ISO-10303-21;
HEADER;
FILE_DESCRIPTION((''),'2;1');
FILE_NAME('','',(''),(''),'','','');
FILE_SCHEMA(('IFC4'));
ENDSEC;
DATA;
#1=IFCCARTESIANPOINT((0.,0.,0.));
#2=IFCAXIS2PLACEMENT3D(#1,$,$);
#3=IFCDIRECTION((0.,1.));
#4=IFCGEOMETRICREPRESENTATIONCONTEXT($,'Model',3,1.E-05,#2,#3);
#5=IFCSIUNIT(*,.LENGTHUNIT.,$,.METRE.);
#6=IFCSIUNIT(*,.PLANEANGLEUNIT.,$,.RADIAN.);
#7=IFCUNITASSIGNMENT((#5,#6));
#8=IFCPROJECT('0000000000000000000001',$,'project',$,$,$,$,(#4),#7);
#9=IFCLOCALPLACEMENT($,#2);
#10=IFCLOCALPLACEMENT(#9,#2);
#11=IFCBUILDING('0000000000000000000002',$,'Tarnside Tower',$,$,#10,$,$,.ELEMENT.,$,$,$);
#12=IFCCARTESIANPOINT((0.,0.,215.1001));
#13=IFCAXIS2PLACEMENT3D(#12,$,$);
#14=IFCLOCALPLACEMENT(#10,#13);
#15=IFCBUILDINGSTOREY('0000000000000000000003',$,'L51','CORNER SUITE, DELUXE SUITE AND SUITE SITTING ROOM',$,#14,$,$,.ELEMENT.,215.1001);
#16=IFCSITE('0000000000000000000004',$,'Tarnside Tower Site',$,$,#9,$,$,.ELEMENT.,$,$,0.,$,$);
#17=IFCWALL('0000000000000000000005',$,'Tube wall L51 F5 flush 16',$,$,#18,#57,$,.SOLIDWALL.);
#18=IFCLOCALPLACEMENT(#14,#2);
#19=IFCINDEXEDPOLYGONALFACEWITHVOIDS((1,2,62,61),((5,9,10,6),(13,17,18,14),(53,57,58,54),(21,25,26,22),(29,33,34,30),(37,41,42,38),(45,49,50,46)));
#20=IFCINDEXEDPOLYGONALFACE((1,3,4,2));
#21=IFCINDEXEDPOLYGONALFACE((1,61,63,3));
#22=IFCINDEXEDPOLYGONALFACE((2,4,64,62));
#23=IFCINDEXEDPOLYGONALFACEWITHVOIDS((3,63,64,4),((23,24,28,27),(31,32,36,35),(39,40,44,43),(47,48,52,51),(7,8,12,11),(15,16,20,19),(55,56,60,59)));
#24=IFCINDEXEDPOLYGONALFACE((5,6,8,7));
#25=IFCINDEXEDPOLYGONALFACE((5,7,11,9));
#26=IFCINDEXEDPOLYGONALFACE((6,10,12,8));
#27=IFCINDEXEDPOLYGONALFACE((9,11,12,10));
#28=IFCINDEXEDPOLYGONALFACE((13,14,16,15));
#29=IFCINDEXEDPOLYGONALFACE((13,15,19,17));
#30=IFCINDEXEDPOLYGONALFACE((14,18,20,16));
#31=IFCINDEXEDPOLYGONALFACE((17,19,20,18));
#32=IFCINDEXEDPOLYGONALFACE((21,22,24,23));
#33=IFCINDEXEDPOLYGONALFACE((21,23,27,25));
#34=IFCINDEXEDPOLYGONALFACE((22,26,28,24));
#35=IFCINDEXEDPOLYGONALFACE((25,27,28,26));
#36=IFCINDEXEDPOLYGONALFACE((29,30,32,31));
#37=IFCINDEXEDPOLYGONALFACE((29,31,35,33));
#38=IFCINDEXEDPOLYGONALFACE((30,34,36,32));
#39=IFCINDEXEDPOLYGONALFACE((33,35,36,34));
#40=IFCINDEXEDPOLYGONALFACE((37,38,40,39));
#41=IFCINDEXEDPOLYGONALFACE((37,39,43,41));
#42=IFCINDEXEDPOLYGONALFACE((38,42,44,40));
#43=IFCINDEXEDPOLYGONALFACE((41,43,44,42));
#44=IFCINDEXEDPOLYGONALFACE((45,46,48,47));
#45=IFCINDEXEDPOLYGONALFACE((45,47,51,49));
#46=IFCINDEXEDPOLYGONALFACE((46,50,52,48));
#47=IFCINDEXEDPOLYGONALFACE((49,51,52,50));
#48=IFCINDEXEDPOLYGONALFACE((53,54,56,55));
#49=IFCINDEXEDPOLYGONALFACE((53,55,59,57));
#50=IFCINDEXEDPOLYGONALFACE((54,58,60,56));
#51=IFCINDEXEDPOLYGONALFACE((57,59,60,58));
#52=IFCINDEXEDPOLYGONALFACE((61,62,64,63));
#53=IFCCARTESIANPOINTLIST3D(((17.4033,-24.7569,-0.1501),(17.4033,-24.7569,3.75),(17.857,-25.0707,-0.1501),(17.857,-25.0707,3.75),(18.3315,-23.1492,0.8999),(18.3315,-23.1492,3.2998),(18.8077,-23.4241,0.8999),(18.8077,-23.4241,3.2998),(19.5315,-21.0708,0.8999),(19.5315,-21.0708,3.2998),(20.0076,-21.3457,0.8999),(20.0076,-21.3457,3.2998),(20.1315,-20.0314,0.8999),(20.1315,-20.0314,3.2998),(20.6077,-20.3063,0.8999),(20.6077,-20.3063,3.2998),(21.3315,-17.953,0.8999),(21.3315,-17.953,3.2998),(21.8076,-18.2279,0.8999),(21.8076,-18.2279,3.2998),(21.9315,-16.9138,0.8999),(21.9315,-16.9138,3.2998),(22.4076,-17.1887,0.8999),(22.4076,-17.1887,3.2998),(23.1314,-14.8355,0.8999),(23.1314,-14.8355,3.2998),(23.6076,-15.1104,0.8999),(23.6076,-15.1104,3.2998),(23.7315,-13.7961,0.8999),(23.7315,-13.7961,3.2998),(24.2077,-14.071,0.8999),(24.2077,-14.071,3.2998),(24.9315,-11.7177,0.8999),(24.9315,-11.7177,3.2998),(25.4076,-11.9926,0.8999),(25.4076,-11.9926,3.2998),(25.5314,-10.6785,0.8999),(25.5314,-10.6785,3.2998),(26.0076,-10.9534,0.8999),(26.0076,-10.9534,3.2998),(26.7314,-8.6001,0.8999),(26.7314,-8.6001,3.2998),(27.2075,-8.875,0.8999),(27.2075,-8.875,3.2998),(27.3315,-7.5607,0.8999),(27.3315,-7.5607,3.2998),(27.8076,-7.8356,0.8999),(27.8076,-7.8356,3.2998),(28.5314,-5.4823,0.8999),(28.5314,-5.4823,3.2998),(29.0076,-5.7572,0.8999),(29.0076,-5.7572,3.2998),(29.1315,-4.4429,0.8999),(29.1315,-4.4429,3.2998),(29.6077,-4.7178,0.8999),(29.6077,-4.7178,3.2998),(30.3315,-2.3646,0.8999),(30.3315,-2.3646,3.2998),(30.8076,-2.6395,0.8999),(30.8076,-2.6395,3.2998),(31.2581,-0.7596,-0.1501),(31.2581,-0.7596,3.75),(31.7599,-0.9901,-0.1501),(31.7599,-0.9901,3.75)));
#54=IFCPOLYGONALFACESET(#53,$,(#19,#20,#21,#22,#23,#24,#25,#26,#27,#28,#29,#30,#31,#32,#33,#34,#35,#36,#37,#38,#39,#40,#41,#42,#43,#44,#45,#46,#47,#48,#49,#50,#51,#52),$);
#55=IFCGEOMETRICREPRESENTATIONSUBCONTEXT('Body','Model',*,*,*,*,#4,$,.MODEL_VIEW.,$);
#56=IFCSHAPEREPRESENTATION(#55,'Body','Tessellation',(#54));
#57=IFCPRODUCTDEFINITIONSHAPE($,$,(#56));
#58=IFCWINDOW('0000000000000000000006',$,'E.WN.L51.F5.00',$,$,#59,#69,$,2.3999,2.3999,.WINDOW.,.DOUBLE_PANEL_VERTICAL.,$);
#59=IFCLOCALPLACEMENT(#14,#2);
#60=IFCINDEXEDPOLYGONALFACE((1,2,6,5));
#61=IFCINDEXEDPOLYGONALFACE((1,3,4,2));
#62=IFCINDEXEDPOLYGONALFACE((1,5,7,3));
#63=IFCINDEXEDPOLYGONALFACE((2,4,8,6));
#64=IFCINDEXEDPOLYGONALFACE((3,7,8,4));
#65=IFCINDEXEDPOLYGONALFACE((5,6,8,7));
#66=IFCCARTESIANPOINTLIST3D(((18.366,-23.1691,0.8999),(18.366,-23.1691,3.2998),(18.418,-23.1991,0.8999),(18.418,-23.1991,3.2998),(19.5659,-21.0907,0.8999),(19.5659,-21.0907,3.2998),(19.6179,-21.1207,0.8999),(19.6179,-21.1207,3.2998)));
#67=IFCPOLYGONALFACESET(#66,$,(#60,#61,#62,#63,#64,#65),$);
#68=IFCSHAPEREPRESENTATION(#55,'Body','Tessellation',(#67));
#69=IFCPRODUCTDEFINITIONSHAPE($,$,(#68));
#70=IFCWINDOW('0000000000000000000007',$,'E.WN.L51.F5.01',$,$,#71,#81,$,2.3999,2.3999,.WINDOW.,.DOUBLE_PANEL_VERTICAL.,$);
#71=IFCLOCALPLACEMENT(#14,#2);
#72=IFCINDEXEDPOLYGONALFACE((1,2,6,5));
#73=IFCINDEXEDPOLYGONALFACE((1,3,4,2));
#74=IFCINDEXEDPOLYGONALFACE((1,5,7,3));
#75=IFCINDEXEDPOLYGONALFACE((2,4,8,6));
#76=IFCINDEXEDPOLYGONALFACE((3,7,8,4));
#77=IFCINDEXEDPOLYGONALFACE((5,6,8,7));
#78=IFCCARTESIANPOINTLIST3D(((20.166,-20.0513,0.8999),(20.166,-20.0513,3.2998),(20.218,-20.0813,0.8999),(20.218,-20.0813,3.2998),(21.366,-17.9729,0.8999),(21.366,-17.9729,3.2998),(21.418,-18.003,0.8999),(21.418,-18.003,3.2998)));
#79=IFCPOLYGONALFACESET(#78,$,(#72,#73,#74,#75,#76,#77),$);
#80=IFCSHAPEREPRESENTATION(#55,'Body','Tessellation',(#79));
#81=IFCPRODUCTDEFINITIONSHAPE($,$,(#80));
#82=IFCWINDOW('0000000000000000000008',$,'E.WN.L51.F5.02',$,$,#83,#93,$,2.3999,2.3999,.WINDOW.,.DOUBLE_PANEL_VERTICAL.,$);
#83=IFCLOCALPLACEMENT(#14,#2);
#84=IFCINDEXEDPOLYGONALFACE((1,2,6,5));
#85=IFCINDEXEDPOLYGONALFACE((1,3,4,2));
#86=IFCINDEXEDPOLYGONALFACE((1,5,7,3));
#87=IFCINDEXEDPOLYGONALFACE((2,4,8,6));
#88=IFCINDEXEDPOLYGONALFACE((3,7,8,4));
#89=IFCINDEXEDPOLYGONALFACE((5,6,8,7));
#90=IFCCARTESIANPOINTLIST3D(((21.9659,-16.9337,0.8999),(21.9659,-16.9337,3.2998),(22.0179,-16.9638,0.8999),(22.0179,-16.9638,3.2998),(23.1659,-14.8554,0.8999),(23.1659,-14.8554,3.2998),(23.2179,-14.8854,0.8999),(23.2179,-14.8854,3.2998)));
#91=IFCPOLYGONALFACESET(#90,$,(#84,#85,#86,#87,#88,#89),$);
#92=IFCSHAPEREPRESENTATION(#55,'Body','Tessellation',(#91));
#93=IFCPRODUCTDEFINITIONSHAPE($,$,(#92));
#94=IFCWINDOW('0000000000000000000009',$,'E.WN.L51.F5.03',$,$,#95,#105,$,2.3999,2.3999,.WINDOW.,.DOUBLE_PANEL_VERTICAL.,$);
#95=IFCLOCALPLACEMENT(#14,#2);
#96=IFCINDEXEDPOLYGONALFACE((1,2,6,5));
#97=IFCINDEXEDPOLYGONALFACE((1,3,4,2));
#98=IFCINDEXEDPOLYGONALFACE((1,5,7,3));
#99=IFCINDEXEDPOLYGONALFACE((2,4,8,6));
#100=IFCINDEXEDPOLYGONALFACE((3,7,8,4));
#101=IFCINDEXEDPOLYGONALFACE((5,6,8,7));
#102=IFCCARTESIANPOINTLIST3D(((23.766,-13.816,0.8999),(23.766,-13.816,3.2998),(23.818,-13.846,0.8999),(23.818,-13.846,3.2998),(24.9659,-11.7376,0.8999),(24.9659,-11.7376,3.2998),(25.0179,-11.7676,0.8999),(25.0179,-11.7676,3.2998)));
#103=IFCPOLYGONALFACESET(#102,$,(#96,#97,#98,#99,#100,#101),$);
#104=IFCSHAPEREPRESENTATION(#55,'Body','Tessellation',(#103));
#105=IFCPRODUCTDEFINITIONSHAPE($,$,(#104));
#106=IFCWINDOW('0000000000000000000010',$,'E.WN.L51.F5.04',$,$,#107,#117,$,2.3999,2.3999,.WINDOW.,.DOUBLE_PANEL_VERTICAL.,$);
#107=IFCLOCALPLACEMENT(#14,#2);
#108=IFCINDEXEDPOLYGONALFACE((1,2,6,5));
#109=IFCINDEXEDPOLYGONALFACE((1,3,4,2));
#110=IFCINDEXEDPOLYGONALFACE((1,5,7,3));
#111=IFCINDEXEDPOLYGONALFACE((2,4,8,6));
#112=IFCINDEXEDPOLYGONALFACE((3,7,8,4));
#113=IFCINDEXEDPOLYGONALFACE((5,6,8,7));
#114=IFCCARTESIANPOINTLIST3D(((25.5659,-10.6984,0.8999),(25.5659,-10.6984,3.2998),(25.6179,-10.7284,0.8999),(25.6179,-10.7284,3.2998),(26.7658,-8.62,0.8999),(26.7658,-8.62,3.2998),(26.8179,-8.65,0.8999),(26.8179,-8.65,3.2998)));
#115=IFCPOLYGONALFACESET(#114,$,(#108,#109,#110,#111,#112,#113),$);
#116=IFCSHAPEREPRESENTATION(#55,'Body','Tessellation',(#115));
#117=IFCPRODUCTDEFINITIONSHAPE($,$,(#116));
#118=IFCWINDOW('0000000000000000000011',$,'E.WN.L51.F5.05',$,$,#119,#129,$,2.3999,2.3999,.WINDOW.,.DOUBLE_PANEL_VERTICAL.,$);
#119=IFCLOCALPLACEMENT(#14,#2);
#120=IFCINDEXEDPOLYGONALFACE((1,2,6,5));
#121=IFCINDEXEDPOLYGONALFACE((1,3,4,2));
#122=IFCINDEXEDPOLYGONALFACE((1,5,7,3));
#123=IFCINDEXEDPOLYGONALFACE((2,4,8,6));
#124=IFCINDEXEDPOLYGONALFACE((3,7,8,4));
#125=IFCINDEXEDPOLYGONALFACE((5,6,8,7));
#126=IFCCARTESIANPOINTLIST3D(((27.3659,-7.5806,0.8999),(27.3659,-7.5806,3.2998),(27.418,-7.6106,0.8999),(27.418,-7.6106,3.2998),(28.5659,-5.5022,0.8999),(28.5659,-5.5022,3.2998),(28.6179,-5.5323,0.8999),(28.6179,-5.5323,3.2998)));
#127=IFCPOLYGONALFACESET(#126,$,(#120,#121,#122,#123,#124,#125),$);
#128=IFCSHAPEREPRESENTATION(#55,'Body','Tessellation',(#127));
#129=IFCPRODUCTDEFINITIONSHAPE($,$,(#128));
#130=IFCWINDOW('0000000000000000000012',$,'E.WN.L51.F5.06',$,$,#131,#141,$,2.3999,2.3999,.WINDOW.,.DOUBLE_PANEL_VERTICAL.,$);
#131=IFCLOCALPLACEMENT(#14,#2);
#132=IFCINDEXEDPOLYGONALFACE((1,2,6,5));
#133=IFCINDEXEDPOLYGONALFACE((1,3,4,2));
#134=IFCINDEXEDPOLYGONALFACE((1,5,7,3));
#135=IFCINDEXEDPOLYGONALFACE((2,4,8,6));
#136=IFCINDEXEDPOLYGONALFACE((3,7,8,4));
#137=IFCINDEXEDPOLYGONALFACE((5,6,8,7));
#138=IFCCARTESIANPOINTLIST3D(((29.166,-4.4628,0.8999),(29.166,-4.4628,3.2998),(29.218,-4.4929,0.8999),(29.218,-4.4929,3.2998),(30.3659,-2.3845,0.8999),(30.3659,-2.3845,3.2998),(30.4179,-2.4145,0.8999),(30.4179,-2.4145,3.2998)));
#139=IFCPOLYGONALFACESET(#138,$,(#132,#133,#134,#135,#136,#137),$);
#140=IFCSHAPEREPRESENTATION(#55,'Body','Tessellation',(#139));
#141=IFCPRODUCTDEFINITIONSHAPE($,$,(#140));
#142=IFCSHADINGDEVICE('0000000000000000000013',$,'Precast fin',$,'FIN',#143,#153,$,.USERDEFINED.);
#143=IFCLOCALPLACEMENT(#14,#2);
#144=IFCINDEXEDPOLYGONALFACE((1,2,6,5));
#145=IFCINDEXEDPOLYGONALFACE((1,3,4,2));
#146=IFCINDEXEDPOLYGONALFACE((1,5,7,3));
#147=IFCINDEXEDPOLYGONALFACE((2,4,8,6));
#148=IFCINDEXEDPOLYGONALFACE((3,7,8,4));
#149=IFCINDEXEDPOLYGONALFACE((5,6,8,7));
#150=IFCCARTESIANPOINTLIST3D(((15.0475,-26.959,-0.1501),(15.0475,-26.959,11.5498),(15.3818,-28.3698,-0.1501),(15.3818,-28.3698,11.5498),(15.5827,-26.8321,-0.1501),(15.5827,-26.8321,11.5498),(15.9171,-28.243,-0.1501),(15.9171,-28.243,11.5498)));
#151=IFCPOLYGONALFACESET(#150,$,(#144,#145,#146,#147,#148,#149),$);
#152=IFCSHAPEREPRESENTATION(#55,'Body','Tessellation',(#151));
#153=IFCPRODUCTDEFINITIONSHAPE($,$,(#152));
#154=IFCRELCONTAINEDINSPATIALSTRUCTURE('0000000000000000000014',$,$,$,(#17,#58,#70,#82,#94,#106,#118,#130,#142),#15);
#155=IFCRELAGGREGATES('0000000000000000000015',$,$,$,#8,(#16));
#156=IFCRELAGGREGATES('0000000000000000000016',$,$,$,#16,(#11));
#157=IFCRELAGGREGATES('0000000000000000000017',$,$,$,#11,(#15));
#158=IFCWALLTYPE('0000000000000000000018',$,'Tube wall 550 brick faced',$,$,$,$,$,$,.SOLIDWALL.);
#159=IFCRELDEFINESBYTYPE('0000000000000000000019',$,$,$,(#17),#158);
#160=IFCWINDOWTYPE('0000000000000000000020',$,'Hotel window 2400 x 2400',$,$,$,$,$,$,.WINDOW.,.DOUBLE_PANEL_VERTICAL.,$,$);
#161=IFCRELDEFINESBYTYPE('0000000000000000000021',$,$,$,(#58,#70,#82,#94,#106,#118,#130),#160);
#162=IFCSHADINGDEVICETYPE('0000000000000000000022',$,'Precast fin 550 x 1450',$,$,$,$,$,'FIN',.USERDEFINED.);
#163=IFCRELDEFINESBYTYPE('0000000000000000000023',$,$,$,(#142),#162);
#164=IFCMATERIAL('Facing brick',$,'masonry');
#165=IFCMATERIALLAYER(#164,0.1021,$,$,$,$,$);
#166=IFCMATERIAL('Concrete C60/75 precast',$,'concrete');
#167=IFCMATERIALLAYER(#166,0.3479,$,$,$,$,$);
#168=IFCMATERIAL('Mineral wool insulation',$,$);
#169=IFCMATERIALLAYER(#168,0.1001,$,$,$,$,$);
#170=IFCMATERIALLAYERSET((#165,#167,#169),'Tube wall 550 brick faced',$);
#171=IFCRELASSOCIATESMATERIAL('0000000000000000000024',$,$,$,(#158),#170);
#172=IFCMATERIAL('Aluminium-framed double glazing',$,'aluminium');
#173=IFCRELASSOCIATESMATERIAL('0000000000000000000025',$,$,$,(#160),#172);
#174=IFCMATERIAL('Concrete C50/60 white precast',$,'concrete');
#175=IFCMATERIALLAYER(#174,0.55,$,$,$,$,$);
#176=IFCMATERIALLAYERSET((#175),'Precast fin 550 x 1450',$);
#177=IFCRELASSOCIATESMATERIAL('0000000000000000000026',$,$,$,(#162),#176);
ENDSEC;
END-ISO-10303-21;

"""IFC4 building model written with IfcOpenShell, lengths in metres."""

from ifc_helpers import new_model, si_unit, direction, frame, frame_2d, origin, place, context, subcontext, project, spatial, polyline, rectangle, outline, extrude, material, layer, layer_set, type_object, element, fill, save


model = new_model("IFC4")

# Units and contexts
model_context = context("Model", 3, precision=1e-05, world=origin(), true_north=direction((0.0, 1.0)))
body_context = subcontext(model_context, "Body", "Model", "MODEL_VIEW")
ifc_project = project(units=[si_unit("LENGTHUNIT", "METRE"), si_unit("PLANEANGLEUNIT", "RADIAN")], contexts=[model_context])

# Site, building, storey
site_placement = place(None, origin())
site = spatial("IfcSite", under=ifc_project, at=site_placement, Name="Tarnside Tower Site", CompositionType="ELEMENT", RefElevation=0.0)
building_placement = place(site_placement, origin())
building = spatial("IfcBuilding", under=site, at=building_placement, Name="Tarnside Tower", CompositionType="ELEMENT")
storey_placement = place(building_placement, frame((0.0, 0.0, 215.1001)))
storey = spatial("IfcBuildingStorey", under=building, at=storey_placement, Name="L51", Description="CORNER SUITE, DELUXE SUITE AND SUITE SITTING ROOM", CompositionType="ELEMENT", Elevation=215.1001)

# Shared definitions
ifc_material_1 = material(Name="Facing brick", Category="masonry")
ifc_layer_1 = layer(ifc_material_1, 0.1021)
ifc_material_2 = material(Name="Concrete C60/75 precast", Category="concrete")
ifc_layer_2 = layer(ifc_material_2, 0.3479)
ifc_material_3 = material(Name="Mineral wool insulation")
ifc_layer_3 = layer(ifc_material_3, 0.1001)
ifc_layer_set_1 = layer_set([ifc_layer_1, ifc_layer_2, ifc_layer_3], Name="Tube wall 550 brick faced")
wall_type_1 = type_object("IfcWallType", Name="Tube wall 550 brick faced", PredefinedType="SOLIDWALL", material=ifc_layer_set_1)

# Wall, openings, windows
wall_1_placement = place(storey_placement, frame((17.6301, -24.9138, -0.1501), z_axis=(0.0, 0.0, 1.0), x_axis=(0.499999, 0.866026, 0.0)))
wall_1 = element("IfcWall", 1, at=wall_1_placement, inside=storey, type_object=wall_type_1, Name="Tube wall L51 F5 flush 16", PredefinedType="SOLIDWALL", context=body_context, shape_type="SweptSolid", body=[
    extrude(outline(polyline([(-0.0225, -0.2749), (27.7834, -0.2749), (27.7322, 0.2749), (0.0225, 0.2749), (-0.0225, -0.2749)])), origin(), (0.0, 0.0, 1.0), 3.9001),
])
opening_1_placement = place(wall_1_placement, frame((1.8789, 0.0, 1.05)))
opening_1 = element("IfcOpeningElement", 2, at=opening_1_placement, cuts=wall_1, PredefinedType="OPENING", context=body_context, shape_type="SweptSolid", body=[
    extrude(rectangle(XDim=2.3999, YDim=2.3999, at=frame_2d((1.2, 1.2))), frame((0.0, 0.2852, 0.0), z_axis=(0.0, -1.0, 0.0), x_axis=(1.0, 0.0, 0.0)), (0.0, 0.0, 1.0), 0.5701),
])
opening_2_placement = place(wall_1_placement, frame((5.479, 0.0, 1.05)))
opening_2 = element("IfcOpeningElement", 3, at=opening_2_placement, cuts=wall_1, PredefinedType="OPENING", context=body_context, shape_type="SweptSolid", body=[
    extrude(rectangle(XDim=2.3999, YDim=2.3999, at=frame_2d((1.2, 1.2))), frame((0.0, 0.2852, 0.0), z_axis=(0.0, -1.0, 0.0), x_axis=(1.0, 0.0, 0.0)), (0.0, 0.0, 1.0), 0.5701),
])
opening_3_placement = place(wall_1_placement, frame((9.0789, 0.0, 1.05)))
opening_3 = element("IfcOpeningElement", 4, at=opening_3_placement, cuts=wall_1, PredefinedType="OPENING", context=body_context, shape_type="SweptSolid", body=[
    extrude(rectangle(XDim=2.3999, YDim=2.3999, at=frame_2d((1.2, 1.2))), frame((0.0, 0.2852, 0.0), z_axis=(0.0, -1.0, 0.0), x_axis=(1.0, 0.0, 0.0)), (0.0, 0.0, 1.0), 0.5701),
])
opening_4_placement = place(wall_1_placement, frame((12.679, 0.0, 1.05)))
opening_4 = element("IfcOpeningElement", 5, at=opening_4_placement, cuts=wall_1, PredefinedType="OPENING", context=body_context, shape_type="SweptSolid", body=[
    extrude(rectangle(XDim=2.3999, YDim=2.3999, at=frame_2d((1.2, 1.2))), frame((0.0, 0.2852, 0.0), z_axis=(0.0, -1.0, 0.0), x_axis=(1.0, 0.0, 0.0)), (0.0, 0.0, 1.0), 0.5701),
])
opening_5_placement = place(wall_1_placement, frame((16.2788, 0.0, 1.05)))
opening_5 = element("IfcOpeningElement", 6, at=opening_5_placement, cuts=wall_1, PredefinedType="OPENING", context=body_context, shape_type="SweptSolid", body=[
    extrude(rectangle(XDim=2.3999, YDim=2.3999, at=frame_2d((1.2, 1.2))), frame((0.0, 0.2852, 0.0), z_axis=(0.0, -1.0, 0.0), x_axis=(1.0, 0.0, 0.0)), (0.0, 0.0, 1.0), 0.5701),
])
opening_6_placement = place(wall_1_placement, frame((19.8789, 0.0, 1.05)))
opening_6 = element("IfcOpeningElement", 7, at=opening_6_placement, cuts=wall_1, PredefinedType="OPENING", context=body_context, shape_type="SweptSolid", body=[
    extrude(rectangle(XDim=2.3999, YDim=2.3999, at=frame_2d((1.2, 1.2))), frame((0.0, 0.2852, 0.0), z_axis=(0.0, -1.0, 0.0), x_axis=(1.0, 0.0, 0.0)), (0.0, 0.0, 1.0), 0.5701),
])
opening_7_placement = place(wall_1_placement, frame((23.479, 0.0, 1.05)))
opening_7 = element("IfcOpeningElement", 8, at=opening_7_placement, cuts=wall_1, PredefinedType="OPENING", context=body_context, shape_type="SweptSolid", body=[
    extrude(rectangle(XDim=2.3999, YDim=2.3999, at=frame_2d((1.2, 1.2))), frame((0.0, 0.2852, 0.0), z_axis=(0.0, -1.0, 0.0), x_axis=(1.0, 0.0, 0.0)), (0.0, 0.0, 1.0), 0.5701),
])
ifc_material_4 = material(Name="Aluminium-framed double glazing", Category="aluminium")
window_type = type_object("IfcWindowType", Name="Hotel window 2400 x 2400", PartitioningType="DOUBLE_PANEL_VERTICAL", PredefinedType="WINDOW", material=ifc_material_4)
window_1_placement = place(opening_1_placement, frame((0.0, 0.2051, 0.0)))
window_1 = element("IfcWindow", 9, at=window_1_placement, inside=storey, type_object=window_type, Name="E.WN.L51.F5.00", OverallHeight=2.3999, OverallWidth=2.3999, PartitioningType="DOUBLE_PANEL_VERTICAL", PredefinedType="WINDOW", context=body_context, shape_type="SweptSolid", body=[
    extrude(rectangle(XDim=2.3999, YDim=2.3999, at=frame_2d((1.2, 1.2))), frame((0.0, 0.03, 0.0), z_axis=(0.0, -1.0, 0.0), x_axis=(1.0, 0.0, 0.0)), (0.0, 0.0, 1.0), 0.0601),
])
fill(opening_1, window_1)
window_2_placement = place(opening_2_placement, frame((0.0, 0.2051, 0.0)))
window_2 = element("IfcWindow", 10, at=window_2_placement, inside=storey, type_object=window_type, Name="E.WN.L51.F5.01", OverallHeight=2.3999, OverallWidth=2.3999, PartitioningType="DOUBLE_PANEL_VERTICAL", PredefinedType="WINDOW", context=body_context, shape_type="SweptSolid", body=[
    extrude(rectangle(XDim=2.3999, YDim=2.3999, at=frame_2d((1.2, 1.2))), frame((0.0, 0.03, 0.0), z_axis=(0.0, -1.0, 0.0), x_axis=(1.0, 0.0, 0.0)), (0.0, 0.0, 1.0), 0.0601),
])
fill(opening_2, window_2)
window_3_placement = place(opening_3_placement, frame((0.0, 0.2051, 0.0)))
window_3 = element("IfcWindow", 11, at=window_3_placement, inside=storey, type_object=window_type, Name="E.WN.L51.F5.02", OverallHeight=2.3999, OverallWidth=2.3999, PartitioningType="DOUBLE_PANEL_VERTICAL", PredefinedType="WINDOW", context=body_context, shape_type="SweptSolid", body=[
    extrude(rectangle(XDim=2.3999, YDim=2.3999, at=frame_2d((1.2, 1.2))), frame((0.0, 0.03, 0.0), z_axis=(0.0, -1.0, 0.0), x_axis=(1.0, 0.0, 0.0)), (0.0, 0.0, 1.0), 0.0601),
])
fill(opening_3, window_3)
window_4_placement = place(opening_4_placement, frame((0.0, 0.2051, 0.0)))
window_4 = element("IfcWindow", 12, at=window_4_placement, inside=storey, type_object=window_type, Name="E.WN.L51.F5.03", OverallHeight=2.3999, OverallWidth=2.3999, PartitioningType="DOUBLE_PANEL_VERTICAL", PredefinedType="WINDOW", context=body_context, shape_type="SweptSolid", body=[
    extrude(rectangle(XDim=2.3999, YDim=2.3999, at=frame_2d((1.2, 1.2))), frame((0.0, 0.03, 0.0), z_axis=(0.0, -1.0, 0.0), x_axis=(1.0, 0.0, 0.0)), (0.0, 0.0, 1.0), 0.0601),
])
fill(opening_4, window_4)
window_5_placement = place(opening_5_placement, frame((0.0, 0.2051, 0.0)))
window_5 = element("IfcWindow", 13, at=window_5_placement, inside=storey, type_object=window_type, Name="E.WN.L51.F5.04", OverallHeight=2.3999, OverallWidth=2.3999, PartitioningType="DOUBLE_PANEL_VERTICAL", PredefinedType="WINDOW", context=body_context, shape_type="SweptSolid", body=[
    extrude(rectangle(XDim=2.3999, YDim=2.3999, at=frame_2d((1.2, 1.2))), frame((0.0, 0.03, 0.0), z_axis=(0.0, -1.0, 0.0), x_axis=(1.0, 0.0, 0.0)), (0.0, 0.0, 1.0), 0.0601),
])
fill(opening_5, window_5)
window_6_placement = place(opening_6_placement, frame((0.0, 0.2051, 0.0)))
window_6 = element("IfcWindow", 14, at=window_6_placement, inside=storey, type_object=window_type, Name="E.WN.L51.F5.05", OverallHeight=2.3999, OverallWidth=2.3999, PartitioningType="DOUBLE_PANEL_VERTICAL", PredefinedType="WINDOW", context=body_context, shape_type="SweptSolid", body=[
    extrude(rectangle(XDim=2.3999, YDim=2.3999, at=frame_2d((1.2, 1.2))), frame((0.0, 0.03, 0.0), z_axis=(0.0, -1.0, 0.0), x_axis=(1.0, 0.0, 0.0)), (0.0, 0.0, 1.0), 0.0601),
])
fill(opening_6, window_6)
window_7_placement = place(opening_7_placement, frame((0.0, 0.2051, 0.0)))
window_7 = element("IfcWindow", 15, at=window_7_placement, inside=storey, type_object=window_type, Name="E.WN.L51.F5.06", OverallHeight=2.3999, OverallWidth=2.3999, PartitioningType="DOUBLE_PANEL_VERTICAL", PredefinedType="WINDOW", context=body_context, shape_type="SweptSolid", body=[
    extrude(rectangle(XDim=2.3999, YDim=2.3999, at=frame_2d((1.2, 1.2))), frame((0.0, 0.03, 0.0), z_axis=(0.0, -1.0, 0.0), x_axis=(1.0, 0.0, 0.0)), (0.0, 0.0, 1.0), 0.0601),
])
fill(opening_7, window_7)

# Shading device
ifc_material_5 = material(Name="Concrete C50/60 white precast", Category="concrete")
ifc_layer_4 = layer(ifc_material_5, 0.55)
ifc_layer_set_2 = layer_set([ifc_layer_4], Name="Precast fin 550 x 1450")
shading_device_type_1 = type_object("IfcShadingDeviceType", Name="Precast fin 550 x 1450", ElementType="FIN", PredefinedType="USERDEFINED", material=ifc_layer_set_2)
for number, where, z_axis, x_axis, name in (
    (16, (15.3152, -26.8955, -0.1501), (-0.973045, -0.230616, 0.0), (0.230616, -0.973045, 0.0), "Precast fin"),
):
    element("IfcShadingDevice", number, at=place(storey_placement, frame(where, z_axis=z_axis, x_axis=x_axis)), inside=storey, type_object=shading_device_type_1, Name=name, ObjectType="FIN", PredefinedType="USERDEFINED", context=body_context, shape_type="SweptSolid", body=[
        extrude(outline(polyline([(0.0, 0.0), (1.45, 0.0), (1.45, 11.7), (0.0, 11.7), (0.0, 0.0)])), frame((0.0, 0.0, -0.2749)), (0.0, 0.0, 1.0), 0.55),
    ])

save(model, "model.ifc")
